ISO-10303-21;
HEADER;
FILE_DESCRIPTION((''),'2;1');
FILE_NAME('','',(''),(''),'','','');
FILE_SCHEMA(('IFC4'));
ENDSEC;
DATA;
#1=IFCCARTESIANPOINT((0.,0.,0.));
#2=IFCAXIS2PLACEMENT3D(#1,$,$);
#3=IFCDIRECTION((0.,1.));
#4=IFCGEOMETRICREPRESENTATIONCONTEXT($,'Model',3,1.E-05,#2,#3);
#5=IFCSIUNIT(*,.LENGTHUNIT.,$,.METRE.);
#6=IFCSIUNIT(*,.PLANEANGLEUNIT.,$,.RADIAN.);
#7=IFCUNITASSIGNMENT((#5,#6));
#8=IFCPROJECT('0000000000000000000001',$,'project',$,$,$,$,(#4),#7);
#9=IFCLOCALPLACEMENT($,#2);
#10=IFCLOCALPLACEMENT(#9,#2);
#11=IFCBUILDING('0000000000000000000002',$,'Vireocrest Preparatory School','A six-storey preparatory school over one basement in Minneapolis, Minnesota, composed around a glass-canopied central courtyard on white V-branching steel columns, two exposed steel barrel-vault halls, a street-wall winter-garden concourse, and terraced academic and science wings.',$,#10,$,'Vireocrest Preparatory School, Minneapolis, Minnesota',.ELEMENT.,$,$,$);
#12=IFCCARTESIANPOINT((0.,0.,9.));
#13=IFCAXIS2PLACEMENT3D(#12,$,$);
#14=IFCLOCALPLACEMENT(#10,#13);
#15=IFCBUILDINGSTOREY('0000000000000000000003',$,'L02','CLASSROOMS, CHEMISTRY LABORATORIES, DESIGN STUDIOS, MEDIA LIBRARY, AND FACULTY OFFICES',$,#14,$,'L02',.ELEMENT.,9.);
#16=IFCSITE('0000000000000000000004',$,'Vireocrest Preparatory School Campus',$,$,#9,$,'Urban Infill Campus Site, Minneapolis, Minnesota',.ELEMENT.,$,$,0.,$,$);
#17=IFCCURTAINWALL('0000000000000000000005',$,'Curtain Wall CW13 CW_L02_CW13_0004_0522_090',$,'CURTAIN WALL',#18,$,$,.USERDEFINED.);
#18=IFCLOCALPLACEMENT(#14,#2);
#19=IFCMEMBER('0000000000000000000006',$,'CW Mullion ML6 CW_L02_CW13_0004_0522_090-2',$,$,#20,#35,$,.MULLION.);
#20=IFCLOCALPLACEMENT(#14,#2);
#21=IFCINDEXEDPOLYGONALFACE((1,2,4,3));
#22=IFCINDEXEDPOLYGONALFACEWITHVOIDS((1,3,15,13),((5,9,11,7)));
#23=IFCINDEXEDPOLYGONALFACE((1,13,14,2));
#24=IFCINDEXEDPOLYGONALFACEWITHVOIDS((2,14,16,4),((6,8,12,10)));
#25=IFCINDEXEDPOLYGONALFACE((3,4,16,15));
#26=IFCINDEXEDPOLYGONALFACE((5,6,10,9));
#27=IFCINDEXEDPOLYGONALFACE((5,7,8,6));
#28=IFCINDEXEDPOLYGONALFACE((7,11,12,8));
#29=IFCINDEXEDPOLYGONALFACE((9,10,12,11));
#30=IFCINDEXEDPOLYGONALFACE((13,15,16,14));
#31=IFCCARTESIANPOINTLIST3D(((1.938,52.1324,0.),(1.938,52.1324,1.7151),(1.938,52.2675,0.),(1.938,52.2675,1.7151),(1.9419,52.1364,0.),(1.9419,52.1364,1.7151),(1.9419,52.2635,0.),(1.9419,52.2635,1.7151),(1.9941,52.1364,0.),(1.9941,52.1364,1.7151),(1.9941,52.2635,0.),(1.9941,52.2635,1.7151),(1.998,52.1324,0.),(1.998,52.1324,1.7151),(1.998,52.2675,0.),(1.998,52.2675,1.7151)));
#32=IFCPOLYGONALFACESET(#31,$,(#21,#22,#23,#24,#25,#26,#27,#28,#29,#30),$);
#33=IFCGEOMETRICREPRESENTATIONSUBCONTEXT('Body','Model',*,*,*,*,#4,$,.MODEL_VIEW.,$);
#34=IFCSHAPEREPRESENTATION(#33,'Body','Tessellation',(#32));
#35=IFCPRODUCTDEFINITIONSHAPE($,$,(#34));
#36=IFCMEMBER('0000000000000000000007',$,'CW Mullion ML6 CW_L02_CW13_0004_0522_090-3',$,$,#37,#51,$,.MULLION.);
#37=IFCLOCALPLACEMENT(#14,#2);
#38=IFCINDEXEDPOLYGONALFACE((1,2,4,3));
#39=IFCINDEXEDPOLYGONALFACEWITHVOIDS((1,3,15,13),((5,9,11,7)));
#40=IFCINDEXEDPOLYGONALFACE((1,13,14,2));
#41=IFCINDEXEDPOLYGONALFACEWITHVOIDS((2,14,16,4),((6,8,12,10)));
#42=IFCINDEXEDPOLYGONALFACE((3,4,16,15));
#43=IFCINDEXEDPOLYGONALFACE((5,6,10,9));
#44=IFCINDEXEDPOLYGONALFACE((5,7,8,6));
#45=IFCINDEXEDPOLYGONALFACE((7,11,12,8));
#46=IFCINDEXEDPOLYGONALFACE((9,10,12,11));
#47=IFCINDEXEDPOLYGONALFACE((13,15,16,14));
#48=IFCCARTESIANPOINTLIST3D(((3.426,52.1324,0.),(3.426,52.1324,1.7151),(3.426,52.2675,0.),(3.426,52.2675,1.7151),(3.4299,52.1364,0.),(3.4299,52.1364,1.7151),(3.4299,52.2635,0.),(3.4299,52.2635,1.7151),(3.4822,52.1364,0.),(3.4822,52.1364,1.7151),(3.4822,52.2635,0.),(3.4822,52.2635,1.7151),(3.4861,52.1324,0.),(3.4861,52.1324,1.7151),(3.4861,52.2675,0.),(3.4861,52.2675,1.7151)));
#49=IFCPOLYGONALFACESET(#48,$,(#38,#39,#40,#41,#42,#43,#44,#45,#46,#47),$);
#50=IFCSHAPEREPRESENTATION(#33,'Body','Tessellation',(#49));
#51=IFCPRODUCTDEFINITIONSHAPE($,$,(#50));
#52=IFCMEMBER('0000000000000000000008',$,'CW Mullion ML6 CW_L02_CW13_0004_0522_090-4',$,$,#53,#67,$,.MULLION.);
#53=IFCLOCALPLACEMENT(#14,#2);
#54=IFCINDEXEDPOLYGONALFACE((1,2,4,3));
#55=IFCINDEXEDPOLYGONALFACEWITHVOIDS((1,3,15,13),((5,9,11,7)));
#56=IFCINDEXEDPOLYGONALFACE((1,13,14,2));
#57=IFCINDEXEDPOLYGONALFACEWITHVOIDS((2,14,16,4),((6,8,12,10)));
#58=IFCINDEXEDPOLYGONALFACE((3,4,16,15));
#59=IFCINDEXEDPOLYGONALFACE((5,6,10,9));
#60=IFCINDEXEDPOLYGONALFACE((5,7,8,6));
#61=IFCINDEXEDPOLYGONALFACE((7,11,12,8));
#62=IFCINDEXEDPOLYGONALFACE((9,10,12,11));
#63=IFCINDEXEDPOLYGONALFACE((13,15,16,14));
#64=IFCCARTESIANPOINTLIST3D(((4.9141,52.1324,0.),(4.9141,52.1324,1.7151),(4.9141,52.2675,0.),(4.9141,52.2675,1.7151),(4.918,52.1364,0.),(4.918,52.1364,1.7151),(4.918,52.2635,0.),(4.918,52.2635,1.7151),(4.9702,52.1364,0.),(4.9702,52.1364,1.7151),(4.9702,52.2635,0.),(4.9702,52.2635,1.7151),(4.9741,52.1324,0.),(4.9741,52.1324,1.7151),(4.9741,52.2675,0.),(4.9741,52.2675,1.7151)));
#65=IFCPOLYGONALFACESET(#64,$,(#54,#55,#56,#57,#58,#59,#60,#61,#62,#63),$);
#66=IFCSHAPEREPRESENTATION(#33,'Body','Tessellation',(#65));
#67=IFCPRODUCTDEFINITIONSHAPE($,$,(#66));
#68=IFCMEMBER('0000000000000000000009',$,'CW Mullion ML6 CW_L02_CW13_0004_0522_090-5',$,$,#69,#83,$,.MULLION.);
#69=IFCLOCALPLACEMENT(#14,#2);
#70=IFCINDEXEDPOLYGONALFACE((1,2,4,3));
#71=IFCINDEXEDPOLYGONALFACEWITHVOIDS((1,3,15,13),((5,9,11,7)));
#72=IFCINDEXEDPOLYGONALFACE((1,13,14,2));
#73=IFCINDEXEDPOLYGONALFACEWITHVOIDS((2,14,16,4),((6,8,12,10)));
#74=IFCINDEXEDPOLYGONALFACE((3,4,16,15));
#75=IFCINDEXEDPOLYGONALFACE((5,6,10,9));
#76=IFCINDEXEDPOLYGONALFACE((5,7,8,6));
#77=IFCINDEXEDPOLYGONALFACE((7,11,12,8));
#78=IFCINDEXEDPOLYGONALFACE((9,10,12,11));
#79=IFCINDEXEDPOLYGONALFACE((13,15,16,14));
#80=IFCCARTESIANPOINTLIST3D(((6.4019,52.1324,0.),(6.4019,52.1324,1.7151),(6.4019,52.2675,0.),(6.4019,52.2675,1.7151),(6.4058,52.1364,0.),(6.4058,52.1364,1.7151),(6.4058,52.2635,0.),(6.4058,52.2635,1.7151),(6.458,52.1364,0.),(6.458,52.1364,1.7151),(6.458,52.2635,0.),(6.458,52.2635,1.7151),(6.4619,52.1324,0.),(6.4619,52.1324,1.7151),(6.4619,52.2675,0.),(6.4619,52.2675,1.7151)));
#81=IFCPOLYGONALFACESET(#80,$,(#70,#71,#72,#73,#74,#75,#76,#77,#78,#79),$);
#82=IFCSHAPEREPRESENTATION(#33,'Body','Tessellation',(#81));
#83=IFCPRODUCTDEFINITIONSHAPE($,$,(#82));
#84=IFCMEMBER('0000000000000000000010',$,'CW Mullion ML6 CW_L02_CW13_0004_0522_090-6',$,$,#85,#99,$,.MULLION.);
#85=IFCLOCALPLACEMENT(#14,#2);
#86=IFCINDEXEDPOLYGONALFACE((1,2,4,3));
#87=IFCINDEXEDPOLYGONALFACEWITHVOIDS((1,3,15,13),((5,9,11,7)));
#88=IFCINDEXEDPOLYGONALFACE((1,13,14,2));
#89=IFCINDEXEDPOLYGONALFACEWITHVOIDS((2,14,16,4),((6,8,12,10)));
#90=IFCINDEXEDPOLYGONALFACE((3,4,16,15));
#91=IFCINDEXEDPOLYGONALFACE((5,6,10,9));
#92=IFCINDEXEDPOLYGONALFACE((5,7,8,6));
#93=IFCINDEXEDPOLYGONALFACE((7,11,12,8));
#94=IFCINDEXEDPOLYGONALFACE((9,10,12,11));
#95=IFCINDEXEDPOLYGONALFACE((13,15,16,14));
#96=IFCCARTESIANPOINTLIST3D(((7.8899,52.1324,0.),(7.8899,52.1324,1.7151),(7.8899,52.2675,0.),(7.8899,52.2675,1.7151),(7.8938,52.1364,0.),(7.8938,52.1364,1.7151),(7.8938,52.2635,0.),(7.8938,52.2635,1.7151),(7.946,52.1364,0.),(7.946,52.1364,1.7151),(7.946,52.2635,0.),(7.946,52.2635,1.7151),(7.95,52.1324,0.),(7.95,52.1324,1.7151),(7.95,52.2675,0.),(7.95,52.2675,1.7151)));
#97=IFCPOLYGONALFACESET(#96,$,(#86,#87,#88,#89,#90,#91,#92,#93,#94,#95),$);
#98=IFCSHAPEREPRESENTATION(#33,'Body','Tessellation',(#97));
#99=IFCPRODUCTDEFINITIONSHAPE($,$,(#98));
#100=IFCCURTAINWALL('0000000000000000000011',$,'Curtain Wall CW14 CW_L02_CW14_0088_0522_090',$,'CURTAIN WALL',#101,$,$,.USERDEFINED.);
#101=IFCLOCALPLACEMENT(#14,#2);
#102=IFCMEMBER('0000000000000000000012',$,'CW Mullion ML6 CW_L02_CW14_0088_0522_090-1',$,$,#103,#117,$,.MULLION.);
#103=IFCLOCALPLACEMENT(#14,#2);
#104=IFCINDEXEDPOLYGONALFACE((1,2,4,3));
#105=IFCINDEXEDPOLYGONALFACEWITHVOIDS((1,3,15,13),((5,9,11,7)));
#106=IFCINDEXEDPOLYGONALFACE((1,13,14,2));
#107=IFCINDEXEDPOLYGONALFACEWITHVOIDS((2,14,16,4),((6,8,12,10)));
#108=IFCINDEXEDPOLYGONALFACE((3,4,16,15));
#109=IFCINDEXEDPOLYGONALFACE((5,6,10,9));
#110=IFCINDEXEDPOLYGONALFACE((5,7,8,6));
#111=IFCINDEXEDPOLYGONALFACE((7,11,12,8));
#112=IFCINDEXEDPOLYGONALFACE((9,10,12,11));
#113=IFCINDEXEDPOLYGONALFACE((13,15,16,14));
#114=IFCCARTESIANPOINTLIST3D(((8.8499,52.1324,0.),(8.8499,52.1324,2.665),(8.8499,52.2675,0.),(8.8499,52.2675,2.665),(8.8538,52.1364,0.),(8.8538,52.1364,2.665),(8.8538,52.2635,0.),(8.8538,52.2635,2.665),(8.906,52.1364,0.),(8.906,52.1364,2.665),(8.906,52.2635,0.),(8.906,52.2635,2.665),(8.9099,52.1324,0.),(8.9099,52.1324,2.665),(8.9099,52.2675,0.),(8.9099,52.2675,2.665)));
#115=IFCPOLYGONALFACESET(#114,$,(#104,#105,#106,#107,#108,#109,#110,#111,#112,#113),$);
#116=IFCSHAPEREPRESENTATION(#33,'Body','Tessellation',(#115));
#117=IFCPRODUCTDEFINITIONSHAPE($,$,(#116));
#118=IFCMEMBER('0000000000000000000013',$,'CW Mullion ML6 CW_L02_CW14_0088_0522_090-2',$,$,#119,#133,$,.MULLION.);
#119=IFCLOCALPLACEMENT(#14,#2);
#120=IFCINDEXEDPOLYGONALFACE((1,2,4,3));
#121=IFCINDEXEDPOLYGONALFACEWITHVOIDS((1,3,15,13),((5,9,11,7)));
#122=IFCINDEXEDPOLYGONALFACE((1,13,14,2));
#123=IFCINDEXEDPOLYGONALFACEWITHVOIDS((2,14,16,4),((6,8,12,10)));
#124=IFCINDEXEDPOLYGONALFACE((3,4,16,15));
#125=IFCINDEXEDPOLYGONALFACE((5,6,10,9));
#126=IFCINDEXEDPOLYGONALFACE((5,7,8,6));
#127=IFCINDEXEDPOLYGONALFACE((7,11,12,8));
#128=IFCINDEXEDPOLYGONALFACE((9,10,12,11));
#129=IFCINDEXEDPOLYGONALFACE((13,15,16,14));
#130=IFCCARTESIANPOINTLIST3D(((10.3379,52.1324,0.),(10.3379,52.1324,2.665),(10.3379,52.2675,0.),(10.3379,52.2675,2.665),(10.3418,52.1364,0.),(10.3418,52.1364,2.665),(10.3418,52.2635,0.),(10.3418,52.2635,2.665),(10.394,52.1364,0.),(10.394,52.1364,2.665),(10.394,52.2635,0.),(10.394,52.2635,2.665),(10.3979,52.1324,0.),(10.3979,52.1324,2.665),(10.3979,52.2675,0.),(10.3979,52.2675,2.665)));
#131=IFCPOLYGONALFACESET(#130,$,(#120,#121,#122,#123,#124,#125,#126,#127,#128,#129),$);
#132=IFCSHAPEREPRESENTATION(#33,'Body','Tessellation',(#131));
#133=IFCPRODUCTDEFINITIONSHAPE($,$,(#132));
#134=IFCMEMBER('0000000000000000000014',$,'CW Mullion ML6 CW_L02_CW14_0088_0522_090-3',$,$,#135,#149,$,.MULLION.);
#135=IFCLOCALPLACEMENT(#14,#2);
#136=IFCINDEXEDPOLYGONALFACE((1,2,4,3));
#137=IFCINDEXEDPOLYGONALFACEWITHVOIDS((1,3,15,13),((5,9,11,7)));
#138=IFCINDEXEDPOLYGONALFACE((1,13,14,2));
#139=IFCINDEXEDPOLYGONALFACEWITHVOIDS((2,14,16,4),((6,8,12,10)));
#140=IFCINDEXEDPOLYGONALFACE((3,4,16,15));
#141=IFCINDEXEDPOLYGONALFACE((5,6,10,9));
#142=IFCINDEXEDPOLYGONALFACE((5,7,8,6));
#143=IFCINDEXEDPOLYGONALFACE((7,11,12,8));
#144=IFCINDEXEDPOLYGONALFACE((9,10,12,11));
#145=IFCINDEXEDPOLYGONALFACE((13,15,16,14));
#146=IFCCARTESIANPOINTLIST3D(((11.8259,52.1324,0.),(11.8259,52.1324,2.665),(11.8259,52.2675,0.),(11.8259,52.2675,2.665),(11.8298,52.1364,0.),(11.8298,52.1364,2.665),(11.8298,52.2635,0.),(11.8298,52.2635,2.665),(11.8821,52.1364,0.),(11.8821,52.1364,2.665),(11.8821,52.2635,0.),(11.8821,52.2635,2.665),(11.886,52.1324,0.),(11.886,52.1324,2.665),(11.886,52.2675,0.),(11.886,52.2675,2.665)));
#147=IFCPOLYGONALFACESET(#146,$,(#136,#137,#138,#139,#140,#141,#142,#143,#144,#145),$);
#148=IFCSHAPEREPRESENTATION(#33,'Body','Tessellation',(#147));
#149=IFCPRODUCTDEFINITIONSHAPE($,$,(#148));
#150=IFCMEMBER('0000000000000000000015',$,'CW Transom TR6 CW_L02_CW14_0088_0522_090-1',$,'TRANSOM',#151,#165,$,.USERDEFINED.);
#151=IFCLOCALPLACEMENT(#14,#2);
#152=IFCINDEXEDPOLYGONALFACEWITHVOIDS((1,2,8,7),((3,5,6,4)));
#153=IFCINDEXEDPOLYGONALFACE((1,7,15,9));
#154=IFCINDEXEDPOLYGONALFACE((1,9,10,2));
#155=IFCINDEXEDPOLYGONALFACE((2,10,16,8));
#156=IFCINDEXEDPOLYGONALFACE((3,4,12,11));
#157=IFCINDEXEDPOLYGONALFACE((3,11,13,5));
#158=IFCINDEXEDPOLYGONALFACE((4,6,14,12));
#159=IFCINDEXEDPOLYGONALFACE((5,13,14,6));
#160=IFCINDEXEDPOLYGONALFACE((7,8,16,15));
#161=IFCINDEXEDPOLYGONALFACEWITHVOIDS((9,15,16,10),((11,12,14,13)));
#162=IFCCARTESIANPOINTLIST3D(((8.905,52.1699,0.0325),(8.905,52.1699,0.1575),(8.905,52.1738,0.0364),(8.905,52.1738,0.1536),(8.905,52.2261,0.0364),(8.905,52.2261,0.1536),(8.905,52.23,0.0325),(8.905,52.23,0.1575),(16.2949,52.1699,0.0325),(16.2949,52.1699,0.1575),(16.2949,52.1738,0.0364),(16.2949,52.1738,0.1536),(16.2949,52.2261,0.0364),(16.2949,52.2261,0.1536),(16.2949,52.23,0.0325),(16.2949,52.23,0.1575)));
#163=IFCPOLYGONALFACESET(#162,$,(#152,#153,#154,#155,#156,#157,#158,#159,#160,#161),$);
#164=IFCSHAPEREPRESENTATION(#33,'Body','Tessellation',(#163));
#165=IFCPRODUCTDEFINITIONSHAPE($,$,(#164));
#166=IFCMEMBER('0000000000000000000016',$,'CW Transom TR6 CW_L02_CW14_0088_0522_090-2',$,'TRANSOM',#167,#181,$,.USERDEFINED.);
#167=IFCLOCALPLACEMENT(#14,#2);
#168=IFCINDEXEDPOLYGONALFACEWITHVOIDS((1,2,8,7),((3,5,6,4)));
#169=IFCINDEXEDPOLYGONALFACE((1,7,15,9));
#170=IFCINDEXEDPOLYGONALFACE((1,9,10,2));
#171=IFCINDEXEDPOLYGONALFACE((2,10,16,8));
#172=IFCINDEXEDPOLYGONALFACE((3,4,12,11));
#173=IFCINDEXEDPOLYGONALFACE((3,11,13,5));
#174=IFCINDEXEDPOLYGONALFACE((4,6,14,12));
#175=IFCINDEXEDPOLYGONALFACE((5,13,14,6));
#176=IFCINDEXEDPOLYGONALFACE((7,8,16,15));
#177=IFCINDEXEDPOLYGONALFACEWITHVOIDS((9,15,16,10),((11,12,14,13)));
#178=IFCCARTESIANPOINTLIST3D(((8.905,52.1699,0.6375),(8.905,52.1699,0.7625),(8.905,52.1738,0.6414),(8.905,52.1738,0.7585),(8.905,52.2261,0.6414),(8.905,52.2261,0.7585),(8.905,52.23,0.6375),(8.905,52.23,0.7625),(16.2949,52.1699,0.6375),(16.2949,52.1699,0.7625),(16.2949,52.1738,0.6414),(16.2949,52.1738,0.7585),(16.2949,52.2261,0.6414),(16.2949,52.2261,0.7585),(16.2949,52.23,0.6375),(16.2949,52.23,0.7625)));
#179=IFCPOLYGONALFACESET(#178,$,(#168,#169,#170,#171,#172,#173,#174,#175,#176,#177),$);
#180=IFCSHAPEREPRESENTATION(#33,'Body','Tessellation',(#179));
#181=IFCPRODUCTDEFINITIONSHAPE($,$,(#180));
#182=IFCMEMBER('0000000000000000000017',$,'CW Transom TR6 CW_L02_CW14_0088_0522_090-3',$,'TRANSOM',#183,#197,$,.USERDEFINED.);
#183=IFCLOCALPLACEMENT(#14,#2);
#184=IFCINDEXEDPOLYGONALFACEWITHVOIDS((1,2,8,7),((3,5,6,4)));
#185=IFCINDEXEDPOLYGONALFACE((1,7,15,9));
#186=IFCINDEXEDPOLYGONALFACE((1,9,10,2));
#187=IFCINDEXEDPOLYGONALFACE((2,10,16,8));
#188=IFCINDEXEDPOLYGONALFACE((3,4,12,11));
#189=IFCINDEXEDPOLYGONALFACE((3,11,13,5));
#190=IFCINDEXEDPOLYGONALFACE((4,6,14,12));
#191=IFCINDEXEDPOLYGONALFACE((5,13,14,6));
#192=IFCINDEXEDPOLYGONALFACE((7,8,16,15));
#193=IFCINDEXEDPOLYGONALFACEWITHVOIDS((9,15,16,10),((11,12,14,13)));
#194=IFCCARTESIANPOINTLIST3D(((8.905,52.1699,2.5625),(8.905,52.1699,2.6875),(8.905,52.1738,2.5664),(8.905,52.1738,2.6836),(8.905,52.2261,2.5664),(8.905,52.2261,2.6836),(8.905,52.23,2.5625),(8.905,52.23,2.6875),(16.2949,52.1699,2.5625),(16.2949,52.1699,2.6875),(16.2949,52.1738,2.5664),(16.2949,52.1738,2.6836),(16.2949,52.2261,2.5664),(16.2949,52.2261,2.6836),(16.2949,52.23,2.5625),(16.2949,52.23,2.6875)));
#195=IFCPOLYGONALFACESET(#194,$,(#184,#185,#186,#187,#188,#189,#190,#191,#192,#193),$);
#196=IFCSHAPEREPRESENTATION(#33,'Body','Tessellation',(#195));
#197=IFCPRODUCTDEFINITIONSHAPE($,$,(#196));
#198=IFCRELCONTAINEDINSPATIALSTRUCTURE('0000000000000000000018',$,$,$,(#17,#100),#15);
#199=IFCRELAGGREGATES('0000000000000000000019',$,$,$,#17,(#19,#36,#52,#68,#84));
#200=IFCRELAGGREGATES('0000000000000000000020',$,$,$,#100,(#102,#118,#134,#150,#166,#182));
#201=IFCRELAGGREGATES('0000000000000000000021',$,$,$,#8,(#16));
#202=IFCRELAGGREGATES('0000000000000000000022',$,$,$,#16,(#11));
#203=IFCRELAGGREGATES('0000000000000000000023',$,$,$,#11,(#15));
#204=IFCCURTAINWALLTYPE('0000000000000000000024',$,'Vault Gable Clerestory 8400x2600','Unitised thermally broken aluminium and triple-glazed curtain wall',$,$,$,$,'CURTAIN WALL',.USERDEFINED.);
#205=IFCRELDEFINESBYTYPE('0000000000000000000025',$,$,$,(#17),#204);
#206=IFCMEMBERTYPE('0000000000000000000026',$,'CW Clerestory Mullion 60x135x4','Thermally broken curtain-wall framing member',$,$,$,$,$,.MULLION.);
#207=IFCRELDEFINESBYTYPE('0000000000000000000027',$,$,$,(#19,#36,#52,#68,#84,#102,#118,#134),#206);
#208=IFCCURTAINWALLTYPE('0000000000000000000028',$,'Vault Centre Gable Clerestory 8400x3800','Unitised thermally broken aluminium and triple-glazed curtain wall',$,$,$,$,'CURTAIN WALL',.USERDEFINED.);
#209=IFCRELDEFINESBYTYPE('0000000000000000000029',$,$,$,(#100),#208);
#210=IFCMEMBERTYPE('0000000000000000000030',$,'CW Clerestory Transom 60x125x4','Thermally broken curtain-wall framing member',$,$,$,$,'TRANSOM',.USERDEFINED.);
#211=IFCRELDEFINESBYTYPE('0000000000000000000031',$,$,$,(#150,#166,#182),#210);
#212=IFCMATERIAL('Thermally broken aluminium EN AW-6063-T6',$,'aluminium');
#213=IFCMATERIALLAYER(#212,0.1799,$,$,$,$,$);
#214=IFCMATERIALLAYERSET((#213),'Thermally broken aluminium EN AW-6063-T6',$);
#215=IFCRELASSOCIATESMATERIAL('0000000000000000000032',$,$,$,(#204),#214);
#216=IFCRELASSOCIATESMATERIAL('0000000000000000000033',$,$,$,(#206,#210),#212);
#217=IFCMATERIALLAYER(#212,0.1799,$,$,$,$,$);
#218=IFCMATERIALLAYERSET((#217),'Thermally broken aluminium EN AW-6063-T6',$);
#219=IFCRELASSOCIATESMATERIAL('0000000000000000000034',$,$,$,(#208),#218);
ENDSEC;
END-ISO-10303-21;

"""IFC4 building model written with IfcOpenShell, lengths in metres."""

from ifc_helpers import new_model, si_unit, direction, frame, origin, origin_2d, place, context, subcontext, project, spatial, hollow_rectangle, extrude, material, layer, layer_set, material_profile, profile_set, type_object, element, aggregate, save


model = new_model("IFC4")

# Units and contexts
model_context = context("Model", 3, precision=1e-05, world=origin(), true_north=direction((0.0, 1.0)))
body_context = subcontext(model_context, "Body", "Model", "MODEL_VIEW")
ifc_project = project(units=[si_unit("LENGTHUNIT", "METRE"), si_unit("PLANEANGLEUNIT", "RADIAN")], contexts=[model_context])

# Site, building, storey
site_placement = place(None, origin())
site = spatial("IfcSite", under=ifc_project, at=site_placement, Name="Vireocrest Preparatory School Campus", LongName="Urban Infill Campus Site, Minneapolis, Minnesota", CompositionType="ELEMENT", RefElevation=0.0)
building_placement = place(site_placement, origin())
building = spatial("IfcBuilding", under=site, at=building_placement, Name="Vireocrest Preparatory School", Description="A six-storey preparatory school over one basement in Minneapolis, Minnesota, composed around a glass-canopied central courtyard on white V-branching steel columns, two exposed steel barrel-vault halls, a street-wall winter-garden concourse, and terraced academic and science wings.", LongName="Vireocrest Preparatory School, Minneapolis, Minnesota", CompositionType="ELEMENT")
storey_placement = place(building_placement, frame((0.0, 0.0, 9.0)))
storey = spatial("IfcBuildingStorey", under=building, at=storey_placement, Name="L02", Description="CLASSROOMS, CHEMISTRY LABORATORIES, DESIGN STUDIOS, MEDIA LIBRARY, AND FACULTY OFFICES", LongName="L02", CompositionType="ELEMENT", Elevation=9.0)

# Curtain walls, members
ifc_material_1 = material(Name="Thermally broken aluminium EN AW-6063-T6", Category="aluminium")
ifc_layer_1 = layer(ifc_material_1, 0.1799)
ifc_layer_set_1 = layer_set([ifc_layer_1], Name="Thermally broken aluminium EN AW-6063-T6")
curtain_wall_type_1 = type_object("IfcCurtainWallType", Name="Vault Gable Clerestory 8400x2600", Description="Unitised thermally broken aluminium and triple-glazed curtain wall", ElementType="CURTAIN WALL", PredefinedType="USERDEFINED", material=ifc_layer_set_1)
curtain_wall_1_placement = place(storey_placement, origin())
curtain_wall_1 = element("IfcCurtainWall", 1, at=curtain_wall_1_placement, inside=storey, type_object=curtain_wall_type_1, Name="Curtain Wall CW13 CW_L02_CW13_0004_0522_090", ObjectType="CURTAIN WALL", PredefinedType="USERDEFINED")
ifc_material_profile_1 = material_profile(ifc_material_1, hollow_rectangle(XDim=0.0601, YDim=0.135, WallThickness=0.0039, at=origin_2d()), Name="ALU 60x135x4")
ifc_profile_set_1 = profile_set([ifc_material_profile_1], Name="Thermally broken aluminium EN AW-6063-T6")
member_type_1 = type_object("IfcMemberType", Name="CW Clerestory Mullion 60x135x4", Description="Thermally broken curtain-wall framing member", PredefinedType="MULLION", material=ifc_profile_set_1)
member_1_placement = place(storey_placement, frame((1.968, 52.2, 0.0), z_axis=(0.0, 0.0, 1.0), x_axis=(1.0, 0.0, 0.0)))
member_1 = element("IfcMember", 2, at=member_1_placement, type_object=member_type_1, Name="CW Mullion ML6 CW_L02_CW13_0004_0522_090-2", PredefinedType="MULLION", context=body_context, shape_type="SweptSolid", body=[
    extrude(hollow_rectangle(XDim=0.0601, YDim=0.135, WallThickness=0.0039, at=origin_2d()), origin(), (0.0, 0.0, 1.0), 1.7151),
])
member_2_placement = place(storey_placement, frame((3.4561, 52.2, 0.0), z_axis=(0.0, 0.0, 1.0), x_axis=(1.0, 0.0, 0.0)))
member_2 = element("IfcMember", 3, at=member_2_placement, type_object=member_type_1, Name="CW Mullion ML6 CW_L02_CW13_0004_0522_090-3", PredefinedType="MULLION", context=body_context, shape_type="SweptSolid", body=[
    extrude(hollow_rectangle(XDim=0.0601, YDim=0.135, WallThickness=0.0039, at=origin_2d()), origin(), (0.0, 0.0, 1.0), 1.7151),
])
member_3_placement = place(storey_placement, frame((4.9441, 52.2, 0.0), z_axis=(0.0, 0.0, 1.0), x_axis=(1.0, 0.0, 0.0)))
member_3 = element("IfcMember", 4, at=member_3_placement, type_object=member_type_1, Name="CW Mullion ML6 CW_L02_CW13_0004_0522_090-4", PredefinedType="MULLION", context=body_context, shape_type="SweptSolid", body=[
    extrude(hollow_rectangle(XDim=0.0601, YDim=0.135, WallThickness=0.0039, at=origin_2d()), origin(), (0.0, 0.0, 1.0), 1.7151),
])
member_4_placement = place(storey_placement, frame((6.4319, 52.2, 0.0), z_axis=(0.0, 0.0, 1.0), x_axis=(1.0, 0.0, 0.0)))
member_4 = element("IfcMember", 5, at=member_4_placement, type_object=member_type_1, Name="CW Mullion ML6 CW_L02_CW13_0004_0522_090-5", PredefinedType="MULLION", context=body_context, shape_type="SweptSolid", body=[
    extrude(hollow_rectangle(XDim=0.0601, YDim=0.135, WallThickness=0.0039, at=origin_2d()), origin(), (0.0, 0.0, 1.0), 1.7151),
])
member_5_placement = place(storey_placement, frame((7.9199, 52.2, 0.0), z_axis=(0.0, 0.0, 1.0), x_axis=(1.0, 0.0, 0.0)))
member_5 = element("IfcMember", 6, at=member_5_placement, type_object=member_type_1, Name="CW Mullion ML6 CW_L02_CW13_0004_0522_090-6", PredefinedType="MULLION", context=body_context, shape_type="SweptSolid", body=[
    extrude(hollow_rectangle(XDim=0.0601, YDim=0.135, WallThickness=0.0039, at=origin_2d()), origin(), (0.0, 0.0, 1.0), 1.7151),
])
ifc_layer_2 = layer(ifc_material_1, 0.1799)
ifc_layer_set_2 = layer_set([ifc_layer_2], Name="Thermally broken aluminium EN AW-6063-T6")
curtain_wall_type_2 = type_object("IfcCurtainWallType", Name="Vault Centre Gable Clerestory 8400x3800", Description="Unitised thermally broken aluminium and triple-glazed curtain wall", ElementType="CURTAIN WALL", PredefinedType="USERDEFINED", material=ifc_layer_set_2)
curtain_wall_2_placement = place(storey_placement, origin())
curtain_wall_2 = element("IfcCurtainWall", 7, at=curtain_wall_2_placement, inside=storey, type_object=curtain_wall_type_2, Name="Curtain Wall CW14 CW_L02_CW14_0088_0522_090", ObjectType="CURTAIN WALL", PredefinedType="USERDEFINED")
member_6_placement = place(storey_placement, frame((8.8799, 52.2, 0.0), z_axis=(0.0, 0.0, 1.0), x_axis=(1.0, 0.0, 0.0)))
member_6 = element("IfcMember", 8, at=member_6_placement, type_object=member_type_1, Name="CW Mullion ML6 CW_L02_CW14_0088_0522_090-1", PredefinedType="MULLION", context=body_context, shape_type="SweptSolid", body=[
    extrude(hollow_rectangle(XDim=0.0601, YDim=0.135, WallThickness=0.0039, at=origin_2d()), origin(), (0.0, 0.0, 1.0), 2.665),
])
member_7_placement = place(storey_placement, frame((10.3679, 52.2, 0.0), z_axis=(0.0, 0.0, 1.0), x_axis=(1.0, 0.0, 0.0)))
member_7 = element("IfcMember", 9, at=member_7_placement, type_object=member_type_1, Name="CW Mullion ML6 CW_L02_CW14_0088_0522_090-2", PredefinedType="MULLION", context=body_context, shape_type="SweptSolid", body=[
    extrude(hollow_rectangle(XDim=0.0601, YDim=0.135, WallThickness=0.0039, at=origin_2d()), origin(), (0.0, 0.0, 1.0), 2.665),
])
member_8_placement = place(storey_placement, frame((11.856, 52.2, 0.0), z_axis=(0.0, 0.0, 1.0), x_axis=(1.0, 0.0, 0.0)))
member_8 = element("IfcMember", 10, at=member_8_placement, type_object=member_type_1, Name="CW Mullion ML6 CW_L02_CW14_0088_0522_090-3", PredefinedType="MULLION", context=body_context, shape_type="SweptSolid", body=[
    extrude(hollow_rectangle(XDim=0.0601, YDim=0.135, WallThickness=0.0039, at=origin_2d()), origin(), (0.0, 0.0, 1.0), 2.665),
])
ifc_material_profile_2 = material_profile(ifc_material_1, hollow_rectangle(XDim=0.0601, YDim=0.125, WallThickness=0.0039, at=origin_2d()), Name="ALU 60x125x4")
ifc_profile_set_2 = profile_set([ifc_material_profile_2], Name="Thermally broken aluminium EN AW-6063-T6")
member_type_2 = type_object("IfcMemberType", Name="CW Clerestory Transom 60x125x4", Description="Thermally broken curtain-wall framing member", ElementType="TRANSOM", PredefinedType="USERDEFINED", material=ifc_profile_set_2)
member_9_placement = place(storey_placement, frame((8.905, 52.2, 0.095), z_axis=(1.0, 0.0, 0.0), x_axis=(0.0, 1.0, 0.0)))
member_9 = element("IfcMember", 11, at=member_9_placement, type_object=member_type_2, Name="CW Transom TR6 CW_L02_CW14_0088_0522_090-1", ObjectType="TRANSOM", PredefinedType="USERDEFINED", context=body_context, shape_type="SweptSolid", body=[
    extrude(hollow_rectangle(XDim=0.0601, YDim=0.125, WallThickness=0.0039, at=origin_2d()), origin(), (0.0, 0.0, 1.0), 7.3899),
])
member_10_placement = place(storey_placement, frame((8.905, 52.2, 0.7), z_axis=(1.0, 0.0, 0.0), x_axis=(0.0, 1.0, 0.0)))
member_10 = element("IfcMember", 12, at=member_10_placement, type_object=member_type_2, Name="CW Transom TR6 CW_L02_CW14_0088_0522_090-2", ObjectType="TRANSOM", PredefinedType="USERDEFINED", context=body_context, shape_type="SweptSolid", body=[
    extrude(hollow_rectangle(XDim=0.0601, YDim=0.125, WallThickness=0.0039, at=origin_2d()), origin(), (0.0, 0.0, 1.0), 7.3899),
])
member_11_placement = place(storey_placement, frame((8.905, 52.2, 2.625), z_axis=(1.0, 0.0, 0.0), x_axis=(0.0, 1.0, 0.0)))
member_11 = element("IfcMember", 13, at=member_11_placement, type_object=member_type_2, Name="CW Transom TR6 CW_L02_CW14_0088_0522_090-3", ObjectType="TRANSOM", PredefinedType="USERDEFINED", context=body_context, shape_type="SweptSolid", body=[
    extrude(hollow_rectangle(XDim=0.0601, YDim=0.125, WallThickness=0.0039, at=origin_2d()), origin(), (0.0, 0.0, 1.0), 7.3899),
])

aggregate(curtain_wall_1, [member_1, member_2, member_3, member_4, member_5])
aggregate(curtain_wall_2, [member_6, member_7, member_8, member_9, member_10, member_11])

save(model, "model.ifc")
